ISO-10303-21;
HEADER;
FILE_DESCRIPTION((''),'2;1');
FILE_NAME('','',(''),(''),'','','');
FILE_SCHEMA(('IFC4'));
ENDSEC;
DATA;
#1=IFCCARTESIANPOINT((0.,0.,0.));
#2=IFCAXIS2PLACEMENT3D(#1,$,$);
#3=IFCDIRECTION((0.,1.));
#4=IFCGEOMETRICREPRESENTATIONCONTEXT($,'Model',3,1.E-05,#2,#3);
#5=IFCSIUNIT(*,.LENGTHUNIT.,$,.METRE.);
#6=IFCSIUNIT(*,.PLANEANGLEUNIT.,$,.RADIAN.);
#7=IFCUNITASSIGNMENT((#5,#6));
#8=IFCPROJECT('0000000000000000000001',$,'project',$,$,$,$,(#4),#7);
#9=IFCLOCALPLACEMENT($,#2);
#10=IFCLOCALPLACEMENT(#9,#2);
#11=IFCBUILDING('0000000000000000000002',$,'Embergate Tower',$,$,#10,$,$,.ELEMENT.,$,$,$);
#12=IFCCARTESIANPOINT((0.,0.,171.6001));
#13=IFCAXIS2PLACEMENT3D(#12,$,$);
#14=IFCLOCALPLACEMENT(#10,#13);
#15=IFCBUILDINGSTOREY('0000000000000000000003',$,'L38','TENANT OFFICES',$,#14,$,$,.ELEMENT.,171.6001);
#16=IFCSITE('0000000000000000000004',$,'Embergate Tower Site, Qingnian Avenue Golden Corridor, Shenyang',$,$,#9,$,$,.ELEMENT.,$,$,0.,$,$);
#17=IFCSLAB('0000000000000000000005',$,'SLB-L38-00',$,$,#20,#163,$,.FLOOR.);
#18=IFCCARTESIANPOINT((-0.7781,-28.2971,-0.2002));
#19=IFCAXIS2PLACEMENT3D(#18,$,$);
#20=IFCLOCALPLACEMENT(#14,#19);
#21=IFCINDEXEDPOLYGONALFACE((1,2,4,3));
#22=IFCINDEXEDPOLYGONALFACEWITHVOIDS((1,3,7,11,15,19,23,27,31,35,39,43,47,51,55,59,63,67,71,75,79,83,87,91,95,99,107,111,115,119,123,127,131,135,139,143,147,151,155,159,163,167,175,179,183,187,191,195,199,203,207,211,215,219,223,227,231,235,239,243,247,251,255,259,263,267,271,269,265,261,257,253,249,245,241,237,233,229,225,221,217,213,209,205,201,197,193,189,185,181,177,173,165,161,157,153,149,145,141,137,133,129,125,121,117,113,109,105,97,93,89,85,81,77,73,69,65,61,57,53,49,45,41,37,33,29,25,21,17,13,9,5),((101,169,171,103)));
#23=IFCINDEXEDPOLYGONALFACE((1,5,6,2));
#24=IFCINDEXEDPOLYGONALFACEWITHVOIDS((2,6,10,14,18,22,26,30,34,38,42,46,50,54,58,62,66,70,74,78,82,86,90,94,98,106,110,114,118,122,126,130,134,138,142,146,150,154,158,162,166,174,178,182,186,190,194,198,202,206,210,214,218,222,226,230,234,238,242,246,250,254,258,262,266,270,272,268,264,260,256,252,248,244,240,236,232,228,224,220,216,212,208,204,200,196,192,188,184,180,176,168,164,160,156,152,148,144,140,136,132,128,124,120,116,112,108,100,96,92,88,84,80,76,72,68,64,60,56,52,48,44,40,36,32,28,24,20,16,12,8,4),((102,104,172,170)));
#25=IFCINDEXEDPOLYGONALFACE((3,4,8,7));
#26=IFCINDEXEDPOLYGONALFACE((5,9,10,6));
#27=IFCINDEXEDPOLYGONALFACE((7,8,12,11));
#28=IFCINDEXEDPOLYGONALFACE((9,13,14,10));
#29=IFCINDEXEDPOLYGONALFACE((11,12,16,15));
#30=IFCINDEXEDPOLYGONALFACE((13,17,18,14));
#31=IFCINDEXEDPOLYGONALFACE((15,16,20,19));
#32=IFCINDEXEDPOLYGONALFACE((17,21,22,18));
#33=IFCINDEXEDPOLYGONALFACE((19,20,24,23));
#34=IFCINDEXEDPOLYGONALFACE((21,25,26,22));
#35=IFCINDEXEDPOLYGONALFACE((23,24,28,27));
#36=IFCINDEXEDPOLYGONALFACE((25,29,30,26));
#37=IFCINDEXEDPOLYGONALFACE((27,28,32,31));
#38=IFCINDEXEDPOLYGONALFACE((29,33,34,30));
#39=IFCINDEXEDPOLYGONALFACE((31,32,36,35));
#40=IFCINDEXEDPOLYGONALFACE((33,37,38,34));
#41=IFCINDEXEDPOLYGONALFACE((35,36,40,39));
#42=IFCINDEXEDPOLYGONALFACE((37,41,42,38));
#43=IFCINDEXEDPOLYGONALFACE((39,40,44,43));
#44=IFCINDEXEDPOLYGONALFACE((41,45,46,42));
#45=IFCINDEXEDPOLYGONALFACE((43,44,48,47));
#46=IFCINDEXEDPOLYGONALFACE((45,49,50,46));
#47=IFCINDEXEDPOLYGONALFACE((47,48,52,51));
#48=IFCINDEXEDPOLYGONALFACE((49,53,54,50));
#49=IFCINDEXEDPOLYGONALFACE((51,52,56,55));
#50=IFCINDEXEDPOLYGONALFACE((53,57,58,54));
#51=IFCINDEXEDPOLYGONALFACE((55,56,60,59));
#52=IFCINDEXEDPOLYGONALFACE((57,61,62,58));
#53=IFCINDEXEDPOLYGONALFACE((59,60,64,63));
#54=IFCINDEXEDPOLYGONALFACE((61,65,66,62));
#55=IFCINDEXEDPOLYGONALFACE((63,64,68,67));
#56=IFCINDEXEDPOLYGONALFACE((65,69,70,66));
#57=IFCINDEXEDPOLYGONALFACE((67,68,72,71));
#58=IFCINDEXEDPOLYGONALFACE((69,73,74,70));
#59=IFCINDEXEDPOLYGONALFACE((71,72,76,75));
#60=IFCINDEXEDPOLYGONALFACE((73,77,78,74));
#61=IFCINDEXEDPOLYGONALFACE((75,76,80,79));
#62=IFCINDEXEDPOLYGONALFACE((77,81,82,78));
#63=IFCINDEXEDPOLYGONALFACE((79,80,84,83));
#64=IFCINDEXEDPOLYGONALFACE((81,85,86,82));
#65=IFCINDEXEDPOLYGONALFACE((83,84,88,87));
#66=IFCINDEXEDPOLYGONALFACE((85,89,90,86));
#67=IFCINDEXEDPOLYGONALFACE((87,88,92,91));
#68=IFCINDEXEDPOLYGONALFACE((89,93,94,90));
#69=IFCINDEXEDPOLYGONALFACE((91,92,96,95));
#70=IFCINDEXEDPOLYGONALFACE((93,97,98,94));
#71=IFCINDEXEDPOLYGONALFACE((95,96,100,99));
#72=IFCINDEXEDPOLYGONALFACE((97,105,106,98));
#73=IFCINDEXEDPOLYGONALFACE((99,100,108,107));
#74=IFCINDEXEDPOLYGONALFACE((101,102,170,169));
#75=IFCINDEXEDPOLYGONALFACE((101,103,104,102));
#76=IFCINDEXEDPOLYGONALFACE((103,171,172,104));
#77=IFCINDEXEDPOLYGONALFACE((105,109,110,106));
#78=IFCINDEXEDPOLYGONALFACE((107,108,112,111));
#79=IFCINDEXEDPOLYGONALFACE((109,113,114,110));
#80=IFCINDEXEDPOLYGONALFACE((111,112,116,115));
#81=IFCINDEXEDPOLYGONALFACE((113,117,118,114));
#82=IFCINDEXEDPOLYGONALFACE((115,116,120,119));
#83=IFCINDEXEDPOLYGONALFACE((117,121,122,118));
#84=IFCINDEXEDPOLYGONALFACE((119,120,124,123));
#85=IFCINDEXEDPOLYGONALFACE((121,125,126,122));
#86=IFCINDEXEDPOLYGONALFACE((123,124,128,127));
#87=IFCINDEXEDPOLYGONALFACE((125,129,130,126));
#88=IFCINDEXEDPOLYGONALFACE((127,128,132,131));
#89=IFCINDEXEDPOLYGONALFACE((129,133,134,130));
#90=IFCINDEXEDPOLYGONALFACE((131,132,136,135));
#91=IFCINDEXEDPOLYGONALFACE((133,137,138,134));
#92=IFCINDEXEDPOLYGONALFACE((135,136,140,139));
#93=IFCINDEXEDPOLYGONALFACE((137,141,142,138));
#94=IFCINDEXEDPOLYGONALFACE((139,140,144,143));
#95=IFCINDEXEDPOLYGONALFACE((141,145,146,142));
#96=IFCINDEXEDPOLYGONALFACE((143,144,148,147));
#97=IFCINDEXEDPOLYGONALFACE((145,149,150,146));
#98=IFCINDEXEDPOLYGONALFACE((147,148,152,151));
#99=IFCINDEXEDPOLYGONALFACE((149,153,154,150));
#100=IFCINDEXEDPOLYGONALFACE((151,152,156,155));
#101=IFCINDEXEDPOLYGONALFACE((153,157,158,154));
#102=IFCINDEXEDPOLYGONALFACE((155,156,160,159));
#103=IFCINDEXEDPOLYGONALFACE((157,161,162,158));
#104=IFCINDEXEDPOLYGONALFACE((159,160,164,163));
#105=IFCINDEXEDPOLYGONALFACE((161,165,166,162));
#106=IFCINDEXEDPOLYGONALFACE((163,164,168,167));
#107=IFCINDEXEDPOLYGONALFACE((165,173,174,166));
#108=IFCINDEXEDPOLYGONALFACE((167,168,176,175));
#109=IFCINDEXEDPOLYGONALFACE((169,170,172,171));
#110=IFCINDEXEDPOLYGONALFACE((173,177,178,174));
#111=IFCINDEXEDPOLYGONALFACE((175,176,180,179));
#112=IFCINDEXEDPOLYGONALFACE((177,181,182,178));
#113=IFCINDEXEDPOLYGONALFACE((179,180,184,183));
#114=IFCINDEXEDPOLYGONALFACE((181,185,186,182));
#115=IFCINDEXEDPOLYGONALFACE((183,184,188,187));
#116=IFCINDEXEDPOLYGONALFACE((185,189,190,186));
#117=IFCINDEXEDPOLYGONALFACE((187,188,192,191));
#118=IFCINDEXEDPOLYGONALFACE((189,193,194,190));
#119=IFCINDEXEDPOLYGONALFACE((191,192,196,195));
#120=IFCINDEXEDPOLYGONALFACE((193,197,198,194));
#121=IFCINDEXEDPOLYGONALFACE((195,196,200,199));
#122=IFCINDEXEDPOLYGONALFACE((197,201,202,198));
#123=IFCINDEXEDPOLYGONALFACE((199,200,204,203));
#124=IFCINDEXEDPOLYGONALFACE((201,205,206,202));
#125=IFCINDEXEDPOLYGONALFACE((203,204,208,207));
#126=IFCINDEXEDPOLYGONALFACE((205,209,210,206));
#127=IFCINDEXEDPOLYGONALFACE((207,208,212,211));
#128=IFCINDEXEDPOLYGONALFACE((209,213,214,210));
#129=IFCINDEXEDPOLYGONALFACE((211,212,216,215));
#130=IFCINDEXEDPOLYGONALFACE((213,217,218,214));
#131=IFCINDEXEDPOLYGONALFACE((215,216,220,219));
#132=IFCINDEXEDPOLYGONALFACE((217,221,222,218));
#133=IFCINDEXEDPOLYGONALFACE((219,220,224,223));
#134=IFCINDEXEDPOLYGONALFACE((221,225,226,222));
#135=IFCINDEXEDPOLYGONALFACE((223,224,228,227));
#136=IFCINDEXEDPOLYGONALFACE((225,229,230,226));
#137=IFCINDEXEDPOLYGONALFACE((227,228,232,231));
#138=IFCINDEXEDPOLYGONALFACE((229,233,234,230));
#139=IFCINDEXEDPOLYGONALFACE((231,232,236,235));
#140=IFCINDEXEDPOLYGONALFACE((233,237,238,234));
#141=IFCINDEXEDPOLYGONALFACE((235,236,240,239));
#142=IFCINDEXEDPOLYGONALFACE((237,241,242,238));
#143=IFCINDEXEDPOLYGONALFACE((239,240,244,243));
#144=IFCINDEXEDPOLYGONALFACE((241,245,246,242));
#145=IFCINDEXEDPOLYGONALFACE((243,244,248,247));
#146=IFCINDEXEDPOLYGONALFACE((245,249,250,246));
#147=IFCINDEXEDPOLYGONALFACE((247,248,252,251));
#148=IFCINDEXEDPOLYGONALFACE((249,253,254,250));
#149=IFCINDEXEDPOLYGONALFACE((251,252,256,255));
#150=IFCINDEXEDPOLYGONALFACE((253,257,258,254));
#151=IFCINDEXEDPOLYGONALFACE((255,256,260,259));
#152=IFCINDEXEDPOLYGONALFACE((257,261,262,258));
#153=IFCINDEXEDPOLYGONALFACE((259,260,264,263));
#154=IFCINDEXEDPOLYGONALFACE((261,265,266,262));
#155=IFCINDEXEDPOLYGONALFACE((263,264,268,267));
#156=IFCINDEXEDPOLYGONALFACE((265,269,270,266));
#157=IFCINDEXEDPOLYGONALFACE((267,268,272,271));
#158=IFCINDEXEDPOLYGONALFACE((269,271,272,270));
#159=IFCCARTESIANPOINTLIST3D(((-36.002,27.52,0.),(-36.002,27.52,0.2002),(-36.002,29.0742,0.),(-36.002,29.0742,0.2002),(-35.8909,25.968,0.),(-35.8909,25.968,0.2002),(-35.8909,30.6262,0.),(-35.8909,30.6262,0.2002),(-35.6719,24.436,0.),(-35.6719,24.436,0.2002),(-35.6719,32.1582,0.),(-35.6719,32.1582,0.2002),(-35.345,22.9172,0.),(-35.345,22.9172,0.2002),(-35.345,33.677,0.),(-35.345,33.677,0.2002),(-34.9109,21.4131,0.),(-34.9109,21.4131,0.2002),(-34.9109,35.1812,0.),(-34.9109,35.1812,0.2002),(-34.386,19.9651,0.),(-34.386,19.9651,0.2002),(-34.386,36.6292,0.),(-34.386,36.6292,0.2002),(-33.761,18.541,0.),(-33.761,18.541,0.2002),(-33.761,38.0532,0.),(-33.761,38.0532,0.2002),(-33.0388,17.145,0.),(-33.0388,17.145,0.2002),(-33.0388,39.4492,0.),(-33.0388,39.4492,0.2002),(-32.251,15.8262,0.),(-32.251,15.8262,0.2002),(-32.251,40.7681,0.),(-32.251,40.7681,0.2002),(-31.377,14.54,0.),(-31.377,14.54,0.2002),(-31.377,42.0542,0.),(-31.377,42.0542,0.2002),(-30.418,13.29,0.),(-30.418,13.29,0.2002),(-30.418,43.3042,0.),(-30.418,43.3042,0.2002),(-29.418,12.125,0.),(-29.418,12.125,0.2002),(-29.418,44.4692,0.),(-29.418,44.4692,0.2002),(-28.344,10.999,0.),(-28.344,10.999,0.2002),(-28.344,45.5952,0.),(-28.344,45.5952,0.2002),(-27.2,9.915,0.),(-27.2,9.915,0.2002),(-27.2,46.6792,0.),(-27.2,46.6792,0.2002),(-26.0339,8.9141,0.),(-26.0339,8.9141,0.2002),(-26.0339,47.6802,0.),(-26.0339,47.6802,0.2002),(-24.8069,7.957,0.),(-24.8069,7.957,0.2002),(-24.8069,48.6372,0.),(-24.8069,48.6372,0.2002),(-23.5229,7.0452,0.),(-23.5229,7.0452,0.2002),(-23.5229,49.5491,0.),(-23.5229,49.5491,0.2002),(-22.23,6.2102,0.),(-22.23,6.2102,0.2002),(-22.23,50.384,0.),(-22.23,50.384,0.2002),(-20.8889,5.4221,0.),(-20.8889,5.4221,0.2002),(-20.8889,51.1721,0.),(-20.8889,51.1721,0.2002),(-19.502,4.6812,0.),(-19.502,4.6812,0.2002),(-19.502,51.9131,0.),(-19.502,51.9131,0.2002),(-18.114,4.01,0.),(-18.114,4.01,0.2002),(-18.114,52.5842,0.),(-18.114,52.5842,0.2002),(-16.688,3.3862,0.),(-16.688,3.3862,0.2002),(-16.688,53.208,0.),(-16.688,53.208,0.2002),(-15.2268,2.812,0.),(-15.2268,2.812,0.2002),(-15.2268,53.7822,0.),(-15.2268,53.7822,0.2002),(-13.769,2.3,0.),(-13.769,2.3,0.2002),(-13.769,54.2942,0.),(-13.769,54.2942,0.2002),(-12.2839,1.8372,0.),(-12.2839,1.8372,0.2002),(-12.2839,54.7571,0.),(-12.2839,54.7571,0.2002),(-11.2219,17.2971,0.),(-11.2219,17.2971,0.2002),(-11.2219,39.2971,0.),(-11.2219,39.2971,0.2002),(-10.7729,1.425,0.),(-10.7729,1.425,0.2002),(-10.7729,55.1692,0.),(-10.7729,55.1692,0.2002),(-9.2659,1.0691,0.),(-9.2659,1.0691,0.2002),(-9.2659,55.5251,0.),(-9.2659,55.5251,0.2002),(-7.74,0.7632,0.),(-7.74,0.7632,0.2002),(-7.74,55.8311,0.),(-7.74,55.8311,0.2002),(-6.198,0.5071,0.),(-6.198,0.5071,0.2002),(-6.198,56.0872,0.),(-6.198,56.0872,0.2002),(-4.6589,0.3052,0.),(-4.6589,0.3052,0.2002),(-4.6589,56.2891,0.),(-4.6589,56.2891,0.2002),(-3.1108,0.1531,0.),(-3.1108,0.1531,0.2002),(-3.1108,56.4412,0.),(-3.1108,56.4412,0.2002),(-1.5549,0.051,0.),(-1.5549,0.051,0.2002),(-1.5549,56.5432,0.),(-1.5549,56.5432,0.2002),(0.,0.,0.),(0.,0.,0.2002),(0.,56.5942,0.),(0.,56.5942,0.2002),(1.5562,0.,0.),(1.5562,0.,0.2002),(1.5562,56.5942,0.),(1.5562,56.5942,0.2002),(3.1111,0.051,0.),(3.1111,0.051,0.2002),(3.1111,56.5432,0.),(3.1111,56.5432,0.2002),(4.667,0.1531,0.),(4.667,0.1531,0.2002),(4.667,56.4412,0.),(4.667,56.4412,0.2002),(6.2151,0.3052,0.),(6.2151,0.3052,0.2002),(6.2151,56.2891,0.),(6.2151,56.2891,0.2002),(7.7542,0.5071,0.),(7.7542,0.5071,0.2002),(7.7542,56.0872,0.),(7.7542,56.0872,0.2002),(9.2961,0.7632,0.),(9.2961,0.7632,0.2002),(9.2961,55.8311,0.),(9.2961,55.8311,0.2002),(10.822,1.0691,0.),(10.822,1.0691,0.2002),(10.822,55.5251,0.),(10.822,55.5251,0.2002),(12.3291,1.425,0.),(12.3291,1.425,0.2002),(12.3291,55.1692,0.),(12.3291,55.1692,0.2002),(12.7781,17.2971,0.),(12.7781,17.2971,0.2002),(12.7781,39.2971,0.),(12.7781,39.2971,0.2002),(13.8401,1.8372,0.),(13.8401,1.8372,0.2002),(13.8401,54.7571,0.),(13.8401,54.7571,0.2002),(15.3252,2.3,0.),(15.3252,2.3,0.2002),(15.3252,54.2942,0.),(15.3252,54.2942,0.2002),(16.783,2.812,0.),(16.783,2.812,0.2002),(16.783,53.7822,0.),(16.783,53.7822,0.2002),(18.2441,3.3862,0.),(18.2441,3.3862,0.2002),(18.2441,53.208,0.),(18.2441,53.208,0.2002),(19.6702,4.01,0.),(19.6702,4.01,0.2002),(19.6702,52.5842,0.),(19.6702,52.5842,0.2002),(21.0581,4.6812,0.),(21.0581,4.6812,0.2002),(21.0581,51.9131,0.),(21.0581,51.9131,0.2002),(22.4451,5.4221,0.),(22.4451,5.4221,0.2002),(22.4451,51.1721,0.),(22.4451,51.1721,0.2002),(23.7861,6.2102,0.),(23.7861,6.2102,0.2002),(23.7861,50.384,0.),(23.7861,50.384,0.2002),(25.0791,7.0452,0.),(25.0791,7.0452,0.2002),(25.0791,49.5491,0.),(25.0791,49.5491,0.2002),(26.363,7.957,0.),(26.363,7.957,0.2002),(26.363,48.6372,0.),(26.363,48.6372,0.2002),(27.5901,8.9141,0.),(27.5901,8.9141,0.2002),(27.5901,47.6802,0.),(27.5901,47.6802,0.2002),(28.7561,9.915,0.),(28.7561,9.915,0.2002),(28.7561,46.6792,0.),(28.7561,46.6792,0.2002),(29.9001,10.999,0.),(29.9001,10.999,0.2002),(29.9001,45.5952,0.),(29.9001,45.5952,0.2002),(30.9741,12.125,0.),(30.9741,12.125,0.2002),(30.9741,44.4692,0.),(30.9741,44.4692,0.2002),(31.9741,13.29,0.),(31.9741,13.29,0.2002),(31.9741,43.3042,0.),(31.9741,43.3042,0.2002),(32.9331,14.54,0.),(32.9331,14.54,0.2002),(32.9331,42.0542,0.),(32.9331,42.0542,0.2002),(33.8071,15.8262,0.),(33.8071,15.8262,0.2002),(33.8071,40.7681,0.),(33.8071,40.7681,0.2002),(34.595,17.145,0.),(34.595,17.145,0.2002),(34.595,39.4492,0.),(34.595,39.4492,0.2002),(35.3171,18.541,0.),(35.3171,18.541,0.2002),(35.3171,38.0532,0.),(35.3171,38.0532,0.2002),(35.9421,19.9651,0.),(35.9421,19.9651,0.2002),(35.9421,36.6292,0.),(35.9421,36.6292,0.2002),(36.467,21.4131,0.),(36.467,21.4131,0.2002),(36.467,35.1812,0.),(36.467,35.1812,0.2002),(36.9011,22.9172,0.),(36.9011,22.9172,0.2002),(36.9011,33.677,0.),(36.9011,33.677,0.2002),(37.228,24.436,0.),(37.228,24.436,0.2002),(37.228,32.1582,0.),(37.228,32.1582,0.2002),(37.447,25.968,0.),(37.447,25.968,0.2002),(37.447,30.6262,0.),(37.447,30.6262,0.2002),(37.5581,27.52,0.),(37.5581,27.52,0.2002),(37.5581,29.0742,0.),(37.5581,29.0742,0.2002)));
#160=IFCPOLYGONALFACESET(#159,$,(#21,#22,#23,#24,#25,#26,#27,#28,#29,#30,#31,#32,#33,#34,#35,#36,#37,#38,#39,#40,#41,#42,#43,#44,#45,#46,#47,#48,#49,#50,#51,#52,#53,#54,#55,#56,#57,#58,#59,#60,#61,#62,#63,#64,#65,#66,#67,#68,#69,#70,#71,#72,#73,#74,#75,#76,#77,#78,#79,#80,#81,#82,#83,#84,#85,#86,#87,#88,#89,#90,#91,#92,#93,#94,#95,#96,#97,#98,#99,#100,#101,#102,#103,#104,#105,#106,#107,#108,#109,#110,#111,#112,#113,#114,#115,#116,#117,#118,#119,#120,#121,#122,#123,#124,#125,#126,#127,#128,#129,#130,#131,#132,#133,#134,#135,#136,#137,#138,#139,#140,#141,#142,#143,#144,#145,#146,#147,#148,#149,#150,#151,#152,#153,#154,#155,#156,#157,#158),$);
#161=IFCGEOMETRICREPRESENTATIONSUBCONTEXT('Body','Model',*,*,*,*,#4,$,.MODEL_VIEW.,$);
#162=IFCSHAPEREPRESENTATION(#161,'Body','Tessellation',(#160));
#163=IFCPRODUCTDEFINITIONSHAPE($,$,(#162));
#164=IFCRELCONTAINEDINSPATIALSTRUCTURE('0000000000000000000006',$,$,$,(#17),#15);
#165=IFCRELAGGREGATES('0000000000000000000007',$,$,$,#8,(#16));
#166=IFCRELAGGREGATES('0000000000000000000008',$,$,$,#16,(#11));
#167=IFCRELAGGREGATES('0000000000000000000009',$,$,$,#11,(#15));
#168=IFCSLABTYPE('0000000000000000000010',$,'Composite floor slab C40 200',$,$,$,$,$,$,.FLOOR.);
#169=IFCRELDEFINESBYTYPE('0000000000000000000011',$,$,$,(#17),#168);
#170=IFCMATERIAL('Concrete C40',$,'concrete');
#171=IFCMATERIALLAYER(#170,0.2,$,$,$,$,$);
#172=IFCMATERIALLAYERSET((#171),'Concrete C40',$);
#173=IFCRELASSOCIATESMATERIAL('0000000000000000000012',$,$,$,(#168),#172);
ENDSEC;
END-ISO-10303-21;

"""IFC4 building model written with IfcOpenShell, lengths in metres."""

from ifc_helpers import new_model, si_unit, direction, frame, origin, place, context, subcontext, project, spatial, polyline, outline, extrude, source, transform, mapped, material, layer, layer_set, type_object, element, save


model = new_model("IFC4")

# Units and contexts
model_context = context("Model", 3, precision=1e-05, world=origin(), true_north=direction((0.0, 1.0)))
body_context = subcontext(model_context, "Body", "Model", "MODEL_VIEW")
ifc_project = project(units=[si_unit("LENGTHUNIT", "METRE"), si_unit("PLANEANGLEUNIT", "RADIAN")], contexts=[model_context])

# Site, building, storey
site_placement = place(None, origin())
site = spatial("IfcSite", under=ifc_project, at=site_placement, Name="Embergate Tower Site, Qingnian Avenue Golden Corridor, Shenyang", CompositionType="ELEMENT", RefElevation=0.0)
building_placement = place(site_placement, origin())
building = spatial("IfcBuilding", under=site, at=building_placement, Name="Embergate Tower", CompositionType="ELEMENT")
storey_placement = place(building_placement, frame((0.0, 0.0, 171.6001)))
storey = spatial("IfcBuildingStorey", under=building, at=storey_placement, Name="L38", Description="TENANT OFFICES", CompositionType="ELEMENT", Elevation=171.6001)

# Slab
ifc_material_1 = material(Name="Concrete C40", Category="concrete")
ifc_layer_1 = layer(ifc_material_1, 0.2)
ifc_layer_set_1 = layer_set([ifc_layer_1], Name="Concrete C40")
slab_type = type_object("IfcSlabType", Name="Composite floor slab C40 200", PredefinedType="FLOOR", material=ifc_layer_set_1)
shared_shape_1 = source(origin(), body_context, "Body", "SweptSolid", [
    extrude(outline(polyline([(0.0, 0.0), (1.5562, 0.0), (3.1111, 0.051), (4.667, 0.1531), (6.2151, 0.3052), (7.7542, 0.5071), (9.2961, 0.7632), (10.822, 1.0691), (12.3291, 1.425), (13.8401, 1.8372), (15.3252, 2.3), (16.783, 2.812), (18.2441, 3.3862), (19.6702, 4.01), (21.0581, 4.6812), (22.4451, 5.4221), (23.7861, 6.2102), (25.0791, 7.0452), (26.363, 7.957), (27.5901, 8.9141), (28.7561, 9.915), (29.9001, 10.999), (30.9741, 12.125), (31.9741, 13.29), (32.9331, 14.54), (33.8071, 15.8262), (34.595, 17.145), (35.3171, 18.541), (35.9421, 19.9651), (36.467, 21.4131), (36.9011, 22.9172), (37.228, 24.436), (37.447, 25.968), (37.5581, 27.52), (37.5581, 29.0742), (37.447, 30.6262), (37.228, 32.1582), (36.9011, 33.677), (36.467, 35.1812), (35.9421, 36.6292), (35.3171, 38.0532), (34.595, 39.4492), (33.8071, 40.7681), (32.9331, 42.0542), (31.9741, 43.3042), (30.9741, 44.4692), (29.9001, 45.5952), (28.7561, 46.6792), (27.5901, 47.6802), (26.363, 48.6372), (25.0791, 49.5491), (23.7861, 50.384), (22.4451, 51.1721), (21.0581, 51.9131), (19.6702, 52.5842), (18.2441, 53.208), (16.783, 53.7822), (15.3252, 54.2942), (13.8401, 54.7571), (12.3291, 55.1692), (10.822, 55.5251), (9.2961, 55.8311), (7.7542, 56.0872), (6.2151, 56.2891), (4.667, 56.4412), (3.1111, 56.5432), (1.5562, 56.5942), (0.0, 56.5942), (-1.5549, 56.5432), (-3.1108, 56.4412), (-4.6589, 56.2891), (-6.198, 56.0872), (-7.74, 55.8311), (-9.2659, 55.5251), (-10.7729, 55.1692), (-12.2839, 54.7571), (-13.769, 54.2942), (-15.2268, 53.7822), (-16.688, 53.208), (-18.114, 52.5842), (-19.502, 51.9131), (-20.8889, 51.1721), (-22.23, 50.384), (-23.5229, 49.5491), (-24.8069, 48.6372), (-26.0339, 47.6802), (-27.2, 46.6792), (-28.344, 45.5952), (-29.418, 44.4692), (-30.418, 43.3042), (-31.377, 42.0542), (-32.251, 40.7681), (-33.0388, 39.4492), (-33.761, 38.0532), (-34.386, 36.6292), (-34.9109, 35.1812), (-35.345, 33.677), (-35.6719, 32.1582), (-35.8909, 30.6262), (-36.002, 29.0742), (-36.002, 27.52), (-35.8909, 25.968), (-35.6719, 24.436), (-35.345, 22.9172), (-34.9109, 21.4131), (-34.386, 19.9651), (-33.761, 18.541), (-33.0388, 17.145), (-32.251, 15.8262), (-31.377, 14.54), (-30.418, 13.29), (-29.418, 12.125), (-28.344, 10.999), (-27.2, 9.915), (-26.0339, 8.9141), (-24.8069, 7.957), (-23.5229, 7.0452), (-22.23, 6.2102), (-20.8889, 5.4221), (-19.502, 4.6812), (-18.114, 4.01), (-16.688, 3.3862), (-15.2268, 2.812), (-13.769, 2.3), (-12.2839, 1.8372), (-10.7729, 1.425), (-9.2659, 1.0691), (-7.74, 0.7632), (-6.198, 0.5071), (-4.6589, 0.3052), (-3.1108, 0.1531), (-1.5549, 0.051), (0.0, 0.0)]), holes=[polyline([(-11.2219, 17.2971), (-11.2219, 39.2971), (12.7781, 39.2971), (12.7781, 17.2971), (-11.2219, 17.2971)])]), origin(), (0.0, 0.0, 1.0), 0.2002),
])
slab_placement = place(storey_placement, frame((-0.7781, -28.2971, -0.2002)))
element("IfcSlab", 1, at=slab_placement, inside=storey, type_object=slab_type, Name="SLB-L38-00", PredefinedType="FLOOR", context=body_context, shape_type="MappedRepresentation", body=[
    mapped(shared_shape_1, transform((0.0, 0.0, 0.0))),
])

save(model, "model.ifc")
